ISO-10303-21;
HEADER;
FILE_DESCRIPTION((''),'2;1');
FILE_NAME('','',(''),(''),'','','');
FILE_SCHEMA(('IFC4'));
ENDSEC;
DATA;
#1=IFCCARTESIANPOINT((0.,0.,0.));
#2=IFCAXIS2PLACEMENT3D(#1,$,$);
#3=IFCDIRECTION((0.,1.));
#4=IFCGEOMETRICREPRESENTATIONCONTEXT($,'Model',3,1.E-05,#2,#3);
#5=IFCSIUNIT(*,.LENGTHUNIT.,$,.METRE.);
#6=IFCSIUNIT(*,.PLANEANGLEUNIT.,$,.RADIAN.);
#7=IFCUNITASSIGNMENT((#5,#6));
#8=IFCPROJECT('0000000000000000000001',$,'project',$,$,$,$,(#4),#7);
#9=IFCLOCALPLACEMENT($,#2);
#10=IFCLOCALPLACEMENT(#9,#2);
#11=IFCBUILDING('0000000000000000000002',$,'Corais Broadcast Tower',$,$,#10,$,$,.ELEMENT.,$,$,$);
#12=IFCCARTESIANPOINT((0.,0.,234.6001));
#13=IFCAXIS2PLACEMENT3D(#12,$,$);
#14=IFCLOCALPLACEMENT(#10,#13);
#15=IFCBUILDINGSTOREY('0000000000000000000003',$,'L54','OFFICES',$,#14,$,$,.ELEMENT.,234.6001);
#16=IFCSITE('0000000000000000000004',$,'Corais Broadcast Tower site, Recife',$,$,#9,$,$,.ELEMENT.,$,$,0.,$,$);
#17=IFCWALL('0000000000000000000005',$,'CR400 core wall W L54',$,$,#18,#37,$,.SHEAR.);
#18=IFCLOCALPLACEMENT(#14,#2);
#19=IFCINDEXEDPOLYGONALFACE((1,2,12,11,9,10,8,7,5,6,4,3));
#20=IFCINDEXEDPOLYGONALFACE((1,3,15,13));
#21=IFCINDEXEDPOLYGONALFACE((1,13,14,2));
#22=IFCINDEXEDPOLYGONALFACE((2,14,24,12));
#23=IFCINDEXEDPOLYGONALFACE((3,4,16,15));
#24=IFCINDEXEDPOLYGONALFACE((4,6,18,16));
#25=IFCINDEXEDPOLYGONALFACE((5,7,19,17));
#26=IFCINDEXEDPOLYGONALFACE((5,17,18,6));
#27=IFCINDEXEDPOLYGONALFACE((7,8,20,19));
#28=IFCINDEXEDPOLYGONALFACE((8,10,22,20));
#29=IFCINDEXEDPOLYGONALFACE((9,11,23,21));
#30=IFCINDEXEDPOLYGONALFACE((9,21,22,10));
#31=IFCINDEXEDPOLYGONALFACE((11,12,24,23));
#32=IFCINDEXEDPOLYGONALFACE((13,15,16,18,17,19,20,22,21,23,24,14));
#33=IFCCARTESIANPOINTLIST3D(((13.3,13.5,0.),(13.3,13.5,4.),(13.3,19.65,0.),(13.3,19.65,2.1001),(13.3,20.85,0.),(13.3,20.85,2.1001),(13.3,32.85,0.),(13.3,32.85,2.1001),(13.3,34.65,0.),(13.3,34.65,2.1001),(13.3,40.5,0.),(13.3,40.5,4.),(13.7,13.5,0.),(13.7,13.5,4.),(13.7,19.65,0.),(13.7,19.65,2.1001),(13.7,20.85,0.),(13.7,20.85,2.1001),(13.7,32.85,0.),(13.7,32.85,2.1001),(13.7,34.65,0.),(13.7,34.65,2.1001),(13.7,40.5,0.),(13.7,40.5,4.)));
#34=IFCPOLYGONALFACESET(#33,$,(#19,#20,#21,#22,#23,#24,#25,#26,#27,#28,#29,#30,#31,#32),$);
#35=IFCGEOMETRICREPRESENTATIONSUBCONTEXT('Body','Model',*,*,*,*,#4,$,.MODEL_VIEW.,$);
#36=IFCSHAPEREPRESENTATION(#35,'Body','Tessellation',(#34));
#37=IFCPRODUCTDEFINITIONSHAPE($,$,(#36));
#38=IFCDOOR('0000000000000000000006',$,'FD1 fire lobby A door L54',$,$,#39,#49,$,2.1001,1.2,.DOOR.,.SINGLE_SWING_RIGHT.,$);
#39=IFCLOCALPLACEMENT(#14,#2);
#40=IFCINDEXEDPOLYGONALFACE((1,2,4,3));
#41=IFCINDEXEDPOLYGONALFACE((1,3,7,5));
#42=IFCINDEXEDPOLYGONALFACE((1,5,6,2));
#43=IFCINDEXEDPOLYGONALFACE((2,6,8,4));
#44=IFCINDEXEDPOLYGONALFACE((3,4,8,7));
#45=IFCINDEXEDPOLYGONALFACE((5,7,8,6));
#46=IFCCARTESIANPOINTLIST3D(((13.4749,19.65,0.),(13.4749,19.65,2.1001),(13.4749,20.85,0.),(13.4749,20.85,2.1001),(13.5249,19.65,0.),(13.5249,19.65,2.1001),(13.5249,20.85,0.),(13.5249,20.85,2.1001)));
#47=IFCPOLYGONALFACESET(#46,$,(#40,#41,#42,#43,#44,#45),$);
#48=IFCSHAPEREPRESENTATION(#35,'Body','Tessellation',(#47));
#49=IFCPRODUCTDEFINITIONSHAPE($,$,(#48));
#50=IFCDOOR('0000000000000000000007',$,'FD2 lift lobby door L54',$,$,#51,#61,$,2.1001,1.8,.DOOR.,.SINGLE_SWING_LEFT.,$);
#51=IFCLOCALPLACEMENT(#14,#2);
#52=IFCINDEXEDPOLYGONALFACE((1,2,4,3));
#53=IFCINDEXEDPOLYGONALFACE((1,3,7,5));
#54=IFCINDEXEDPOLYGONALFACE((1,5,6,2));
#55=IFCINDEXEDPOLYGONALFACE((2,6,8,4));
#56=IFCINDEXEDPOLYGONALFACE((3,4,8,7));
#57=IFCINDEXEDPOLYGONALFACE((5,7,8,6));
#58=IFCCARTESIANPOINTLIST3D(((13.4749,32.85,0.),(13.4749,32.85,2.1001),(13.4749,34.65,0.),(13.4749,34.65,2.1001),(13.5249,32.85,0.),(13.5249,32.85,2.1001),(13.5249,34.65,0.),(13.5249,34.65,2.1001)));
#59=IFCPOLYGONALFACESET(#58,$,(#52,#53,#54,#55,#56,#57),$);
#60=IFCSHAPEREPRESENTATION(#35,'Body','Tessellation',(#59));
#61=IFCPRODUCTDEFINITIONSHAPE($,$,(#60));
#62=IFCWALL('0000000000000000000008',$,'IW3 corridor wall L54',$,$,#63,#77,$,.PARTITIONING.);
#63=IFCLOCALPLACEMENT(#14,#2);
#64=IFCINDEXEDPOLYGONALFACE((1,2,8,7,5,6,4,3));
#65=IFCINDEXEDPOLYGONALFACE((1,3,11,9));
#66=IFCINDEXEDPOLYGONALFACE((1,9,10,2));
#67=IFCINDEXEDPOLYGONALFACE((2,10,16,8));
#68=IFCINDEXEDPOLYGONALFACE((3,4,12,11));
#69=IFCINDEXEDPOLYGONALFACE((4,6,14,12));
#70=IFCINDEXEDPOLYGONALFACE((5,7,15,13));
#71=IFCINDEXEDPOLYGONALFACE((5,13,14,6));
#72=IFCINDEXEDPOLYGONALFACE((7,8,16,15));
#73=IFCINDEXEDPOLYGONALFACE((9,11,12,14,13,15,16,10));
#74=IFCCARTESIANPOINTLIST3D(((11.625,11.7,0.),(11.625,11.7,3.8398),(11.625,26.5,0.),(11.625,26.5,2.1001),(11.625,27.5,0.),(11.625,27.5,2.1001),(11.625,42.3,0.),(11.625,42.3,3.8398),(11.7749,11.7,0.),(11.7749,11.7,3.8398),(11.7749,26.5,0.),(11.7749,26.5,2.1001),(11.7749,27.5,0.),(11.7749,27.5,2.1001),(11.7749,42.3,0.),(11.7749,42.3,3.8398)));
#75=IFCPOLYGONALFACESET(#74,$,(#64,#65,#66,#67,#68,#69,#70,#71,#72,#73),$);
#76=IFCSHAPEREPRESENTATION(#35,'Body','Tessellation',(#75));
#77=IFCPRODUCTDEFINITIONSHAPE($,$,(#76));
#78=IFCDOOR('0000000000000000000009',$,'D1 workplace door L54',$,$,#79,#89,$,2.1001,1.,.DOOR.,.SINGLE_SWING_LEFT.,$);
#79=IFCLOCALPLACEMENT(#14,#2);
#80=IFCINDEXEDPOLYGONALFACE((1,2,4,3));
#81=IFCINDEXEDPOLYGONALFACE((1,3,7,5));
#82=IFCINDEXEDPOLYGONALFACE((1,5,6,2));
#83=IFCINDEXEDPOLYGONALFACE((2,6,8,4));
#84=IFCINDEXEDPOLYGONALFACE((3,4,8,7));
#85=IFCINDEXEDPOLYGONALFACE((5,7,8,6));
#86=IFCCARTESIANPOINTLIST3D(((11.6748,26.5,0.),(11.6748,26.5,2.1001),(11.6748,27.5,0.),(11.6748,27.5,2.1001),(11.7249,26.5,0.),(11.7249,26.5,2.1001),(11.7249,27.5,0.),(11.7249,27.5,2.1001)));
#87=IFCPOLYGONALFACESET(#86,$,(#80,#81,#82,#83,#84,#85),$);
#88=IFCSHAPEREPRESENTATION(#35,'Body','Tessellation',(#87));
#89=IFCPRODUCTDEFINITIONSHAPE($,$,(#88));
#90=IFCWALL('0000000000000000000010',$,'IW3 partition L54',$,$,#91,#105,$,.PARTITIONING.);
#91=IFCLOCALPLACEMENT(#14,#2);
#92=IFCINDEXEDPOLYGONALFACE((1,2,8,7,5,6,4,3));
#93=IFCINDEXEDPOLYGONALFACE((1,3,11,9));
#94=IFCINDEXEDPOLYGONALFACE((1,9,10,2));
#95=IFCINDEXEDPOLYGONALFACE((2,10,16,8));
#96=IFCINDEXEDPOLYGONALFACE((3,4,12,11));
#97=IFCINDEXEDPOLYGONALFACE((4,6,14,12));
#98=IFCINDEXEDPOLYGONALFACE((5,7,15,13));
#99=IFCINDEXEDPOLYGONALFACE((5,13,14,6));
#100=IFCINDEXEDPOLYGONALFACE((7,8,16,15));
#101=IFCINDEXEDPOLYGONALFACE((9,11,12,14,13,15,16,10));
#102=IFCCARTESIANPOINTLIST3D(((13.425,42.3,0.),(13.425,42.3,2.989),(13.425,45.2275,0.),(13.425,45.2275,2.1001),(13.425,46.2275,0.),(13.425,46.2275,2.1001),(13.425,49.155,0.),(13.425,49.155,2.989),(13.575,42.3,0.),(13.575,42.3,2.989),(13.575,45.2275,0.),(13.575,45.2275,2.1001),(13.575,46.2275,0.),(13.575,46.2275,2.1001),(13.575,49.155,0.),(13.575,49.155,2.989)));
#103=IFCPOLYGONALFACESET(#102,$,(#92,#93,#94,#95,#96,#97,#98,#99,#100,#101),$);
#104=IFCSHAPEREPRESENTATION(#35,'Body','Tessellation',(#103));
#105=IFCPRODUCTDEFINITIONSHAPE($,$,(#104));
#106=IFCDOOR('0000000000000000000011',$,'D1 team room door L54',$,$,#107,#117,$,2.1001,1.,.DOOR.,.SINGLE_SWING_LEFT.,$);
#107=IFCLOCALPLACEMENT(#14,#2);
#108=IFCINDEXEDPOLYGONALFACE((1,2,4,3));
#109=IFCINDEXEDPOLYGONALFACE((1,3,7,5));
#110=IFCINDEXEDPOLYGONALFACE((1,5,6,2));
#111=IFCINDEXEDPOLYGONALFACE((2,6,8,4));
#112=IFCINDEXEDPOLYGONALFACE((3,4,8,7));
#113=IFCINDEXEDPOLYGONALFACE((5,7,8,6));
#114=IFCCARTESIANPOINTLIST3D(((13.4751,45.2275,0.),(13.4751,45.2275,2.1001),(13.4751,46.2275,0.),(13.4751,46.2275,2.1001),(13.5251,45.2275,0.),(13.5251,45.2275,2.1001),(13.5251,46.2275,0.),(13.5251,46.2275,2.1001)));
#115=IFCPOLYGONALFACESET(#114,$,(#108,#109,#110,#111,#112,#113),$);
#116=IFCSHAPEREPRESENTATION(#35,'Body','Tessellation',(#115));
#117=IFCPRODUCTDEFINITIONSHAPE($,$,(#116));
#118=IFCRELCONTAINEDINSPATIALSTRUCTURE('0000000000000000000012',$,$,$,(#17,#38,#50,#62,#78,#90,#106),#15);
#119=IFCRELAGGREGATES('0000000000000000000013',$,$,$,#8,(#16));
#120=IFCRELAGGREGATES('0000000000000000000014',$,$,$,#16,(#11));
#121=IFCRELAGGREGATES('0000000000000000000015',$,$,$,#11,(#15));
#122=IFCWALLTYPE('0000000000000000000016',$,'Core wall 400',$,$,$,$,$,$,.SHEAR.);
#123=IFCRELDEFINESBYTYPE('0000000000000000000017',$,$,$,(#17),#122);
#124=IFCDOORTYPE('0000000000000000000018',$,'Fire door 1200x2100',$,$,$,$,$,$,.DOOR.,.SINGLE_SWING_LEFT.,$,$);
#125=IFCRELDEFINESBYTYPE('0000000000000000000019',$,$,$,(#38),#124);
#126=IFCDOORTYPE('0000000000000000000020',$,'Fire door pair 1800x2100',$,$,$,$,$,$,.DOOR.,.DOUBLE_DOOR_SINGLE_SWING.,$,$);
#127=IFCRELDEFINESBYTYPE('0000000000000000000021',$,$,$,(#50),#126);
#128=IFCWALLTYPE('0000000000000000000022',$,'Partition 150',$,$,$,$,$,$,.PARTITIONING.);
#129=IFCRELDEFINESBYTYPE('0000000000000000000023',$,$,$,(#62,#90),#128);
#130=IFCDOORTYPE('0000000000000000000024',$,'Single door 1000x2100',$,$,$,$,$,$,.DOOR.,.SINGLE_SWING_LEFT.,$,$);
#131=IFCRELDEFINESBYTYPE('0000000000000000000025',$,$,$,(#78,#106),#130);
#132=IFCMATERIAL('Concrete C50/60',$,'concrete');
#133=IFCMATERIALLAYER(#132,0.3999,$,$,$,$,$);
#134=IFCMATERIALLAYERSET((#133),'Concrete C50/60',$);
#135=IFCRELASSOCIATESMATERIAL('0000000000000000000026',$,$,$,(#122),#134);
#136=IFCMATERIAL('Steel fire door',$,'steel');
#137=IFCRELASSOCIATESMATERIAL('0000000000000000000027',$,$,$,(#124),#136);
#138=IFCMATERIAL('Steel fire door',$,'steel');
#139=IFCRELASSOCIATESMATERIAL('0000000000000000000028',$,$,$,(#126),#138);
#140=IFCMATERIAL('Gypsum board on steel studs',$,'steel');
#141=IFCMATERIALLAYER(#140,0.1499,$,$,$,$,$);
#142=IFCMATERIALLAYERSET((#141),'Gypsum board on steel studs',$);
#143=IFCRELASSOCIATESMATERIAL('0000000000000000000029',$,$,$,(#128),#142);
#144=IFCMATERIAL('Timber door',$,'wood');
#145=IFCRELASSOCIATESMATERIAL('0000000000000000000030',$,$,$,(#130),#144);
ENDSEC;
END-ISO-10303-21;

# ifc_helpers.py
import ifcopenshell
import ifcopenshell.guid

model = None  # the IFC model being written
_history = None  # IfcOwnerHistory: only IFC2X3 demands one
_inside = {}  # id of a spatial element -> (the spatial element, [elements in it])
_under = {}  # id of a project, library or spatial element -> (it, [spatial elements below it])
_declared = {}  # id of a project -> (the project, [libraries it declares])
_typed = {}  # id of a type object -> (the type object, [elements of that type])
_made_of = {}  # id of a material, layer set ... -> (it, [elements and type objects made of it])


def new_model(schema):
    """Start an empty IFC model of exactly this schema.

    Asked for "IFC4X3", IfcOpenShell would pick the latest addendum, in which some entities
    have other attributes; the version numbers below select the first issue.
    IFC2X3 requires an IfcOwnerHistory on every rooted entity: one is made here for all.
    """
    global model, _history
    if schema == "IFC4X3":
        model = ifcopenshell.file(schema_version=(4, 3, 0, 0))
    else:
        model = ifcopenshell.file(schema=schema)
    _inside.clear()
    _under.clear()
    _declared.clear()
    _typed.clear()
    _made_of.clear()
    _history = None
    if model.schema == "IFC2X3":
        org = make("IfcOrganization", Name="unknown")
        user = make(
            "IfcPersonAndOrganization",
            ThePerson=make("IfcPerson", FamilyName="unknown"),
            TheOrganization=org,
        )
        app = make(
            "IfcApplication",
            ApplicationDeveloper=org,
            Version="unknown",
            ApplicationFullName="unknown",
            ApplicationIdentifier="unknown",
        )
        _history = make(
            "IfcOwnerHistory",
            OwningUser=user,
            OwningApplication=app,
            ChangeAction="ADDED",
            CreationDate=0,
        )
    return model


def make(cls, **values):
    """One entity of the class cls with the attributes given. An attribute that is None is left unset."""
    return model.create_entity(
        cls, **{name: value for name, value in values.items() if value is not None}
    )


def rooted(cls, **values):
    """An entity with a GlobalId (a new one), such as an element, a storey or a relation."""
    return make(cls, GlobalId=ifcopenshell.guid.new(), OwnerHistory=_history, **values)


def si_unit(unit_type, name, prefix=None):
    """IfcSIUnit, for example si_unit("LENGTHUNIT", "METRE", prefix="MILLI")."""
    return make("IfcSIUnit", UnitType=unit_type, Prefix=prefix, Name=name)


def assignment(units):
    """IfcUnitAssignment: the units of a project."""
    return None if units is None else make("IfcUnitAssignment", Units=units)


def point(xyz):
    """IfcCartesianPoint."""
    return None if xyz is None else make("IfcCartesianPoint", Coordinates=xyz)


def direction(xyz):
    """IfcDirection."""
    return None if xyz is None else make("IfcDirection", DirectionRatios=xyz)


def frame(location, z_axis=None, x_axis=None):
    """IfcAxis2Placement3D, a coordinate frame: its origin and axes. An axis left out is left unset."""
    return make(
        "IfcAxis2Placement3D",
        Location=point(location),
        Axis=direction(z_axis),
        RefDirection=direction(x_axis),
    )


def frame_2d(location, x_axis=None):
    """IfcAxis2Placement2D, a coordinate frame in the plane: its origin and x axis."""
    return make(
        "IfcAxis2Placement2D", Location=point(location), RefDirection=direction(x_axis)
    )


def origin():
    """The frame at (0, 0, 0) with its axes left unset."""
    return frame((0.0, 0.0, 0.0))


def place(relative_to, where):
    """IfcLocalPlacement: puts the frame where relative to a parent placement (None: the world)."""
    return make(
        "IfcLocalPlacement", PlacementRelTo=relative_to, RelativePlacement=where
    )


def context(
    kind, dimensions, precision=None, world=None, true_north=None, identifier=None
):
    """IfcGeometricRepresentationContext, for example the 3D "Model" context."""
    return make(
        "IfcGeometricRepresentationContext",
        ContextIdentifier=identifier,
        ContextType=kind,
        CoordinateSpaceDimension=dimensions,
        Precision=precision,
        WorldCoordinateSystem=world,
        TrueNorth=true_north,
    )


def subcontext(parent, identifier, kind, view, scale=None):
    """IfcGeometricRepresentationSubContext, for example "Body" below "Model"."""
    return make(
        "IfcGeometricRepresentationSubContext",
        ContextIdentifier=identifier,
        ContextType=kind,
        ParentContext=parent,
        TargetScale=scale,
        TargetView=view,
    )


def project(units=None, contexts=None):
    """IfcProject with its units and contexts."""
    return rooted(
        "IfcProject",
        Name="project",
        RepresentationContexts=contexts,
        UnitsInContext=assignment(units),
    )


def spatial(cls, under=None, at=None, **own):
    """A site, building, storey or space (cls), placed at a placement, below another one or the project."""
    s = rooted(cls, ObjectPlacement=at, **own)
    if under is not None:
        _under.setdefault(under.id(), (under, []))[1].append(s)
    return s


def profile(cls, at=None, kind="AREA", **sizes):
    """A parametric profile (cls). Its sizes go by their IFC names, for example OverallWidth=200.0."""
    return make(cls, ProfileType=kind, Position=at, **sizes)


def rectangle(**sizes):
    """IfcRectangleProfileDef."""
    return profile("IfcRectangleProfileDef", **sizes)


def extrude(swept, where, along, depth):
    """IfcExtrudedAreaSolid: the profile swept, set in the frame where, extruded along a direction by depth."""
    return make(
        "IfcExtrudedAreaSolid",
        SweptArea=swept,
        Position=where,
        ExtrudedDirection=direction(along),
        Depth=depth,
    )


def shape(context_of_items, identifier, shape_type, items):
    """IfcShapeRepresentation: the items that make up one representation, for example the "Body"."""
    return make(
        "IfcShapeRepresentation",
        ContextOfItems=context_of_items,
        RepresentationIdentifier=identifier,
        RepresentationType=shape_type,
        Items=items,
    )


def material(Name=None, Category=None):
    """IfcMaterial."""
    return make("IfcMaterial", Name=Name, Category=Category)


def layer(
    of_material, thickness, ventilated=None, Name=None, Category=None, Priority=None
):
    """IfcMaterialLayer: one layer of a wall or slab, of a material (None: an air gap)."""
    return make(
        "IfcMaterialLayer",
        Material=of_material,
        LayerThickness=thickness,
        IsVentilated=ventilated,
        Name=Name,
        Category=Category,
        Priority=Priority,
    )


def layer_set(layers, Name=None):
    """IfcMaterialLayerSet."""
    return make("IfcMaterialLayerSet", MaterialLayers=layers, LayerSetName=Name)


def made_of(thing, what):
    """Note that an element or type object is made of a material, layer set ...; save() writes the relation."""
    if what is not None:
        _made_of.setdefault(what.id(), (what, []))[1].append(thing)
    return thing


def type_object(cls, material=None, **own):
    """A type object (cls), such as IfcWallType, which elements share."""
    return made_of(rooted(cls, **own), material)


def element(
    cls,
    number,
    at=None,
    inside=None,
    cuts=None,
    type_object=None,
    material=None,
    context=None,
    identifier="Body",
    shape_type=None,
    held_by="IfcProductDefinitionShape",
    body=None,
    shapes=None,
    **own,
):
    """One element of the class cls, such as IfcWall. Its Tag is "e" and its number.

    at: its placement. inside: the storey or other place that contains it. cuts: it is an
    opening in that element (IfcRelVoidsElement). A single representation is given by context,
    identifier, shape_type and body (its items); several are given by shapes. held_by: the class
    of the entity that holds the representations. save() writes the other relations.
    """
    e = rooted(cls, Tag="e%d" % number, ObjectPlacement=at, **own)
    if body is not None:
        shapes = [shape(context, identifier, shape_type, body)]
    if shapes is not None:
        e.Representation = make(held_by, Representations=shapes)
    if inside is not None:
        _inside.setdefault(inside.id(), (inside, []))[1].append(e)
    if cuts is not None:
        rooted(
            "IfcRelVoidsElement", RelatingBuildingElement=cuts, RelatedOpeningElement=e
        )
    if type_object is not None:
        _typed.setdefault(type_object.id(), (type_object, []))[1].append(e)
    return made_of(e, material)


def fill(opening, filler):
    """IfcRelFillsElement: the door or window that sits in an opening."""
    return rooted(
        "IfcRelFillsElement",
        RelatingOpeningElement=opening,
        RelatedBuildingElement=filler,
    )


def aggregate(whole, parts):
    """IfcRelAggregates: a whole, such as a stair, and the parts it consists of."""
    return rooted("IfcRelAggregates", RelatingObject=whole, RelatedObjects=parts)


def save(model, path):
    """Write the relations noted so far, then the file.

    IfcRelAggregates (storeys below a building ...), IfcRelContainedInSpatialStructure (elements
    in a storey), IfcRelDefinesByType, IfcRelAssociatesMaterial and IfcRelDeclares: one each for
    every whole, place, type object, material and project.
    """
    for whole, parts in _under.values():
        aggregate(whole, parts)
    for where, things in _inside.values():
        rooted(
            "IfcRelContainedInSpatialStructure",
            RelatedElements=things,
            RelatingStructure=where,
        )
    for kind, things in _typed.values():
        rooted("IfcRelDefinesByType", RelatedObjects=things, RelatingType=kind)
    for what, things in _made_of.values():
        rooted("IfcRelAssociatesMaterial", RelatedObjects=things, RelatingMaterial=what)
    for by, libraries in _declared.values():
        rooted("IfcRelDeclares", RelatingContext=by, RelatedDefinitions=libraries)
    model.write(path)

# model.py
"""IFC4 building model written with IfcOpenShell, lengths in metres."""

from ifc_helpers import new_model, si_unit, direction, frame, frame_2d, origin, place, context, subcontext, project, spatial, rectangle, extrude, material, layer, layer_set, type_object, element, fill, save


model = new_model("IFC4")

# Units and contexts
model_context = context("Model", 3, precision=1e-05, world=origin(), true_north=direction((0.0, 1.0)))
body_context = subcontext(model_context, "Body", "Model", "MODEL_VIEW")
ifc_project = project(units=[si_unit("LENGTHUNIT", "METRE"), si_unit("PLANEANGLEUNIT", "RADIAN")], contexts=[model_context])

# Site, building, storey
site_placement = place(None, origin())
site = spatial("IfcSite", under=ifc_project, at=site_placement, Name="Corais Broadcast Tower site, Recife", CompositionType="ELEMENT", RefElevation=0.0)
building_placement = place(site_placement, origin())
building = spatial("IfcBuilding", under=site, at=building_placement, Name="Corais Broadcast Tower", CompositionType="ELEMENT")
storey_placement = place(building_placement, frame((0.0, 0.0, 234.6001)))
storey = spatial("IfcBuildingStorey", under=building, at=storey_placement, Name="L54", Description="OFFICES", CompositionType="ELEMENT", Elevation=234.6001)

# Wall, openings, doors
ifc_material_1 = material(Name="Concrete C50/60", Category="concrete")
ifc_layer_1 = layer(ifc_material_1, 0.3999)
ifc_layer_set_1 = layer_set([ifc_layer_1], Name="Concrete C50/60")
wall_type_1 = type_object("IfcWallType", Name="Core wall 400", PredefinedType="SHEAR", material=ifc_layer_set_1)
wall_1_placement = place(storey_placement, frame((13.5, 40.5, 0.0), z_axis=(0.0, 0.0, 1.0), x_axis=(0.0, -1.0, 0.0)))
wall_1 = element("IfcWall", 1, at=wall_1_placement, inside=storey, type_object=wall_type_1, Name="CR400 core wall W L54", PredefinedType="SHEAR", context=body_context, shape_type="SweptSolid", body=[
    extrude(rectangle(XDim=27.0, YDim=0.3999, at=frame_2d((13.5, 0.0))), origin(), (0.0, 0.0, 1.0), 4.0),
])
opening_1_placement = place(wall_1_placement, frame((19.6499, 0.0, 0.0)))
opening_1 = element("IfcOpeningElement", 2, at=opening_1_placement, cuts=wall_1, PredefinedType="OPENING", context=body_context, shape_type="SweptSolid", body=[
    extrude(rectangle(XDim=1.2, YDim=2.1001, at=frame_2d((0.6001, 1.05))), frame((0.0, 0.21, 0.0), z_axis=(0.0, -1.0, 0.0), x_axis=(1.0, 0.0, 0.0)), (0.0, 0.0, 1.0), 0.4199),
])
opening_2_placement = place(wall_1_placement, frame((5.8501, 0.0, 0.0)))
opening_2 = element("IfcOpeningElement", 3, at=opening_2_placement, cuts=wall_1, PredefinedType="OPENING", context=body_context, shape_type="SweptSolid", body=[
    extrude(rectangle(XDim=1.8, YDim=2.1001, at=frame_2d((0.8999, 1.05))), frame((0.0, 0.21, 0.0), z_axis=(0.0, -1.0, 0.0), x_axis=(1.0, 0.0, 0.0)), (0.0, 0.0, 1.0), 0.4199),
])
ifc_material_2 = material(Name="Steel fire door", Category="steel")
door_type_1 = type_object("IfcDoorType", Name="Fire door 1200x2100", OperationType="SINGLE_SWING_LEFT", PredefinedType="DOOR", material=ifc_material_2)
door_1_placement = place(opening_1_placement, origin())
door_1 = element("IfcDoor", 4, at=door_1_placement, inside=storey, type_object=door_type_1, Name="FD1 fire lobby A door L54", OperationType="SINGLE_SWING_RIGHT", OverallHeight=2.1001, OverallWidth=1.2, PredefinedType="DOOR", context=body_context, shape_type="SweptSolid", body=[
    extrude(rectangle(XDim=1.2, YDim=2.1001, at=frame_2d((0.6001, 1.05))), frame((0.0, 0.0249, 0.0), z_axis=(0.0, -1.0, 0.0), x_axis=(1.0, 0.0, 0.0)), (0.0, 0.0, 1.0), 0.05),
])
fill(opening_1, door_1)
ifc_material_3 = material(Name="Steel fire door", Category="steel")
door_type_2 = type_object("IfcDoorType", Name="Fire door pair 1800x2100", OperationType="DOUBLE_DOOR_SINGLE_SWING", PredefinedType="DOOR", material=ifc_material_3)
door_2_placement = place(opening_2_placement, origin())
door_2 = element("IfcDoor", 5, at=door_2_placement, inside=storey, type_object=door_type_2, Name="FD2 lift lobby door L54", OperationType="SINGLE_SWING_LEFT", OverallHeight=2.1001, OverallWidth=1.8, PredefinedType="DOOR", context=body_context, shape_type="SweptSolid", body=[
    extrude(rectangle(XDim=1.8, YDim=2.1001, at=frame_2d((0.8999, 1.05))), frame((0.0, 0.0249, 0.0), z_axis=(0.0, -1.0, 0.0), x_axis=(1.0, 0.0, 0.0)), (0.0, 0.0, 1.0), 0.05),
])
fill(opening_2, door_2)

# Walls, openings, doors
ifc_material_4 = material(Name="Gypsum board on steel studs", Category="steel")
ifc_layer_2 = layer(ifc_material_4, 0.1499)
ifc_layer_set_2 = layer_set([ifc_layer_2], Name="Gypsum board on steel studs")
wall_type_2 = type_object("IfcWallType", Name="Partition 150", PredefinedType="PARTITIONING", material=ifc_layer_set_2)
wall_2_placement = place(storey_placement, frame((11.7, 42.3, 0.0), z_axis=(0.0, 0.0, 1.0), x_axis=(0.0, -1.0, 0.0)))
wall_2 = element("IfcWall", 6, at=wall_2_placement, inside=storey, type_object=wall_type_2, Name="IW3 corridor wall L54", PredefinedType="PARTITIONING", context=body_context, shape_type="SweptSolid", body=[
    extrude(rectangle(XDim=30.6001, YDim=0.1499, at=frame_2d((15.3, 0.0))), origin(), (0.0, 0.0, 1.0), 3.8398),
])
opening_3_placement = place(wall_2_placement, frame((14.8, 0.0, 0.0)))
opening_3 = element("IfcOpeningElement", 7, at=opening_3_placement, cuts=wall_2, PredefinedType="OPENING", context=body_context, shape_type="SweptSolid", body=[
    extrude(rectangle(XDim=1.0, YDim=2.1001, at=frame_2d((0.5, 1.05))), frame((0.0, 0.085, 0.0), z_axis=(0.0, -1.0, 0.0), x_axis=(1.0, 0.0, 0.0)), (0.0, 0.0, 1.0), 0.1699),
])
ifc_material_5 = material(Name="Timber door", Category="wood")
door_type_3 = type_object("IfcDoorType", Name="Single door 1000x2100", OperationType="SINGLE_SWING_LEFT", PredefinedType="DOOR", material=ifc_material_5)
door_3_placement = place(opening_3_placement, origin())
door_3 = element("IfcDoor", 8, at=door_3_placement, inside=storey, type_object=door_type_3, Name="D1 workplace door L54", OperationType="SINGLE_SWING_LEFT", OverallHeight=2.1001, OverallWidth=1.0, PredefinedType="DOOR", context=body_context, shape_type="SweptSolid", body=[
    extrude(rectangle(XDim=1.0, YDim=2.1001, at=frame_2d((0.5, 1.05))), frame((0.0, 0.0249, 0.0), z_axis=(0.0, -1.0, 0.0), x_axis=(1.0, 0.0, 0.0)), (0.0, 0.0, 1.0), 0.05),
])
fill(opening_3, door_3)
wall_3_placement = place(storey_placement, frame((13.5, 42.3, 0.0), z_axis=(0.0, 0.0, 1.0), x_axis=(0.0, 1.0, 0.0)))
wall_3 = element("IfcWall", 9, at=wall_3_placement, inside=storey, type_object=wall_type_2, Name="IW3 partition L54", PredefinedType="PARTITIONING", context=body_context, shape_type="SweptSolid", body=[
    extrude(rectangle(XDim=6.855, YDim=0.1499, at=frame_2d((3.4275, 0.0))), origin(), (0.0, 0.0, 1.0), 2.989),
])
opening_4_placement = place(wall_3_placement, frame((2.9275, 0.0, 0.0)))
opening_4 = element("IfcOpeningElement", 10, at=opening_4_placement, cuts=wall_3, PredefinedType="OPENING", context=body_context, shape_type="SweptSolid", body=[
    extrude(rectangle(XDim=1.0, YDim=2.1001, at=frame_2d((0.5, 1.05))), frame((0.0, 0.085, 0.0), z_axis=(0.0, -1.0, 0.0), x_axis=(1.0, 0.0, 0.0)), (0.0, 0.0, 1.0), 0.1699),
])
door_4_placement = place(opening_4_placement, origin())
door_4 = element("IfcDoor", 11, at=door_4_placement, inside=storey, type_object=door_type_3, Name="D1 team room door L54", OperationType="SINGLE_SWING_LEFT", OverallHeight=2.1001, OverallWidth=1.0, PredefinedType="DOOR", context=body_context, shape_type="SweptSolid", body=[
    extrude(rectangle(XDim=1.0, YDim=2.1001, at=frame_2d((0.5, 1.05))), frame((0.0, 0.0249, 0.0), z_axis=(0.0, -1.0, 0.0), x_axis=(1.0, 0.0, 0.0)), (0.0, 0.0, 1.0), 0.05),
])
fill(opening_4, door_4)

save(model, "model.ifc")
